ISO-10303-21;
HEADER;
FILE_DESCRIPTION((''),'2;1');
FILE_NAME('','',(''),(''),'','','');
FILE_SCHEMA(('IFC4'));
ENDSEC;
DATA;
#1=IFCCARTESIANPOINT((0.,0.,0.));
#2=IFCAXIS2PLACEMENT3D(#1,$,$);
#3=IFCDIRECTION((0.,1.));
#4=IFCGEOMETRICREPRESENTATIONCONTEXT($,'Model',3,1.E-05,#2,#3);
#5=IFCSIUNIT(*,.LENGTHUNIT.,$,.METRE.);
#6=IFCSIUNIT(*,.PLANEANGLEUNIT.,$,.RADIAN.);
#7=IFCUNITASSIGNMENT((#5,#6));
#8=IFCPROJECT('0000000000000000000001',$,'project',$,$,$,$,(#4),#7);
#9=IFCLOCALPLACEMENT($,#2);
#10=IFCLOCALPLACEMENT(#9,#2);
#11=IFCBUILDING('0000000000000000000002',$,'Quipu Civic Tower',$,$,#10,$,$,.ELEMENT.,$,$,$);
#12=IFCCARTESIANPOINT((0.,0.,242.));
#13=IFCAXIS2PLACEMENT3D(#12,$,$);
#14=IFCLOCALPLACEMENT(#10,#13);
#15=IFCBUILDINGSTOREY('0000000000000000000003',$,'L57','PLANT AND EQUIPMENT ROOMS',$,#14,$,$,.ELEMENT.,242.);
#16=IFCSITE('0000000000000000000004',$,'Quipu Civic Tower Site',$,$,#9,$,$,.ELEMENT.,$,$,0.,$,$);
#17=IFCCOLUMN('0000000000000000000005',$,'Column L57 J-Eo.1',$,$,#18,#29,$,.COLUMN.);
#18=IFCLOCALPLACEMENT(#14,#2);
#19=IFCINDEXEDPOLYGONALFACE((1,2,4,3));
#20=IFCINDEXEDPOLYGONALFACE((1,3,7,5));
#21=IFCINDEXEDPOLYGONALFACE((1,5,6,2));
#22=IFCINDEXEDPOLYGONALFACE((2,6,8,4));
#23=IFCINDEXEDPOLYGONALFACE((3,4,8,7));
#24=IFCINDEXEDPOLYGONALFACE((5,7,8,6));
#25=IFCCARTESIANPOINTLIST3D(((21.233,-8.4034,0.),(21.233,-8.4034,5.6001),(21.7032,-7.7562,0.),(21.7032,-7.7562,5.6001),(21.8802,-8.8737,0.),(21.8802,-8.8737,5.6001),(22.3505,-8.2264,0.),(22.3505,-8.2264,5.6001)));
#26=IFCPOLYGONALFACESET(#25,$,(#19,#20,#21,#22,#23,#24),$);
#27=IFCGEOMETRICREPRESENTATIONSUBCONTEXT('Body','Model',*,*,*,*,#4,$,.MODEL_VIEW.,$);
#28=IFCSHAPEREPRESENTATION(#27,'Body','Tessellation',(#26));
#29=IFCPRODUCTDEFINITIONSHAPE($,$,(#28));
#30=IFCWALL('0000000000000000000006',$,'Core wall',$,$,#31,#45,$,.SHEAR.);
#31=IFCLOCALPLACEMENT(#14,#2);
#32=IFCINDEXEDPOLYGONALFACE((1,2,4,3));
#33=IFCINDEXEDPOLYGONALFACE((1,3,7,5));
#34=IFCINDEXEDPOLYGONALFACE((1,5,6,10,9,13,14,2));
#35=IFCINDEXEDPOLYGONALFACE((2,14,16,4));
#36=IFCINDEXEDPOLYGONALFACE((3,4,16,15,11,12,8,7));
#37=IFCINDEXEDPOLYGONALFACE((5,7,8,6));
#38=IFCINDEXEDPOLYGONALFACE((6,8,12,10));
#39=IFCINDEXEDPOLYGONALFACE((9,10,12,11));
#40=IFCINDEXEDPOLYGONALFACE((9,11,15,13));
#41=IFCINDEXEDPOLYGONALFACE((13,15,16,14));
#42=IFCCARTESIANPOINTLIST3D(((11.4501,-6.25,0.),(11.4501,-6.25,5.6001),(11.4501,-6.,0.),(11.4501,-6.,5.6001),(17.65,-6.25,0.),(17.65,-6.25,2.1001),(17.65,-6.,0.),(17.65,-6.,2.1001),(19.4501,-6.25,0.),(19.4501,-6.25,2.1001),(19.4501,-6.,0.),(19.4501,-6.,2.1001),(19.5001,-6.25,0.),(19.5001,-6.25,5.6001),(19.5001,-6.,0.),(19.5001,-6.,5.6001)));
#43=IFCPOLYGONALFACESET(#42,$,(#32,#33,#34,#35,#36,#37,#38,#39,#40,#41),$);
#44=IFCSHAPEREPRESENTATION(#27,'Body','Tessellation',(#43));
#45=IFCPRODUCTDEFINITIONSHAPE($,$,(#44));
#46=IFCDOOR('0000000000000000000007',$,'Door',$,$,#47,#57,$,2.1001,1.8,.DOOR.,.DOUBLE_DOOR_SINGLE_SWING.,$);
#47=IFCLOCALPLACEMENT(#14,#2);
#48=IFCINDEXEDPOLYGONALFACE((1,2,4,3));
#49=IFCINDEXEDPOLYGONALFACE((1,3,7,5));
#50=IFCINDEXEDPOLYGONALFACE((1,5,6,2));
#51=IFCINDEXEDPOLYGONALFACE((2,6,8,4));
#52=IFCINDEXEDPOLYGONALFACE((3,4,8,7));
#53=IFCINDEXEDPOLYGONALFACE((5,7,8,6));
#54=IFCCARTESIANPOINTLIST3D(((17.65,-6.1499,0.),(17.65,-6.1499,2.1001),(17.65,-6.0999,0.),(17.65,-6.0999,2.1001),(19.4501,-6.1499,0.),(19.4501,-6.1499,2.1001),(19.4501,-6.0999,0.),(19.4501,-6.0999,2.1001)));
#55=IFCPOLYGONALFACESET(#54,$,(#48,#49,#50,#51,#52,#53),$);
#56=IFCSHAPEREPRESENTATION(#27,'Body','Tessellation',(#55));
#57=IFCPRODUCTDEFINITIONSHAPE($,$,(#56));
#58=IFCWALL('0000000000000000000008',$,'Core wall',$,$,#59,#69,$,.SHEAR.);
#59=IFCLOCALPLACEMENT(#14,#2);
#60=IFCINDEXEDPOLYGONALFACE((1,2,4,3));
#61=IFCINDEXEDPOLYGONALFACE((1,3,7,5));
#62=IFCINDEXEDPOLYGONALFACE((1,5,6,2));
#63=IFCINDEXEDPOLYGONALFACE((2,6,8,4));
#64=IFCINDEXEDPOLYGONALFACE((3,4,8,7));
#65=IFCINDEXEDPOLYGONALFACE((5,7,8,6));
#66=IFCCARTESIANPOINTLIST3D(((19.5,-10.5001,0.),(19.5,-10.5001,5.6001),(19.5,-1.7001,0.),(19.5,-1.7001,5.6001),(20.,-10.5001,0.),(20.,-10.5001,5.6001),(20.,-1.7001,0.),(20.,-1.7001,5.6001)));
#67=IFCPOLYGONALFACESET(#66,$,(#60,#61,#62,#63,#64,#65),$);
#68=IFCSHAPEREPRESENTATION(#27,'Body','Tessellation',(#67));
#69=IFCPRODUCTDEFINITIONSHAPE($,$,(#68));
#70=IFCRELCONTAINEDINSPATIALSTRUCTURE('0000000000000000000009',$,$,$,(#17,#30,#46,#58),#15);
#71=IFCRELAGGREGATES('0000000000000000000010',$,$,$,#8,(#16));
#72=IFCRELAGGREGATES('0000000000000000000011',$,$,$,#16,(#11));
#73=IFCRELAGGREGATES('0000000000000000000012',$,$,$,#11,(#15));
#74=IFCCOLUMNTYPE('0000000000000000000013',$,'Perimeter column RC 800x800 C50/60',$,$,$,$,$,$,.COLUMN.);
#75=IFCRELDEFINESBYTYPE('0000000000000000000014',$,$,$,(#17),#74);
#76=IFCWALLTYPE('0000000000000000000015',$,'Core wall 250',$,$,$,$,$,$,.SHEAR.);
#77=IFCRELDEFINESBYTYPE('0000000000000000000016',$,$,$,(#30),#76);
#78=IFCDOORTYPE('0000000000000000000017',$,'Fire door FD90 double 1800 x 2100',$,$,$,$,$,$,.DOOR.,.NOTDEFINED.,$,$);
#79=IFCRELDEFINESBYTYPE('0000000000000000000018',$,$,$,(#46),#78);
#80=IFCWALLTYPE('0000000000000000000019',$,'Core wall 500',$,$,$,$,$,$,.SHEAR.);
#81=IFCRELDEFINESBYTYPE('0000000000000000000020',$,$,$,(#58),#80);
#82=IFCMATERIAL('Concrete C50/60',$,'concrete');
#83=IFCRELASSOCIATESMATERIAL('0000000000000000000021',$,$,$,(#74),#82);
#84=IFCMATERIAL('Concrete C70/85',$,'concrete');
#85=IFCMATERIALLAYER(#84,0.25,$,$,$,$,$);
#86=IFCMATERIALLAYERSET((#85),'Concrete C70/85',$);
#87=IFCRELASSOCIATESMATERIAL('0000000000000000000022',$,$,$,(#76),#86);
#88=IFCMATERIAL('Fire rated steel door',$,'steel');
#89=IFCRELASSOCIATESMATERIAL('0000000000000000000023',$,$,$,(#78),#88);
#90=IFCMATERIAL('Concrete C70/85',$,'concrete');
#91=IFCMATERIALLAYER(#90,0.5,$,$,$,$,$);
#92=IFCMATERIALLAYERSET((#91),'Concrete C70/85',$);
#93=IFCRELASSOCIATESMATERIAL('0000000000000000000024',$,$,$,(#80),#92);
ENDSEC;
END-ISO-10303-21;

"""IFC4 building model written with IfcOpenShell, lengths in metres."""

from ifc_helpers import new_model, si_unit, direction, frame, frame_2d, origin, origin_2d, place, context, subcontext, project, spatial, rectangle, extrude, material, layer, layer_set, material_profile, profile_set, type_object, element, fill, save


model = new_model("IFC4")

# Units and contexts
model_context = context("Model", 3, precision=1e-05, world=origin(), true_north=direction((0.0, 1.0)))
body_context = subcontext(model_context, "Body", "Model", "MODEL_VIEW")
ifc_project = project(units=[si_unit("LENGTHUNIT", "METRE"), si_unit("PLANEANGLEUNIT", "RADIAN")], contexts=[model_context])

# Site, building, storey
site_placement = place(None, origin())
site = spatial("IfcSite", under=ifc_project, at=site_placement, Name="Quipu Civic Tower Site", CompositionType="ELEMENT", RefElevation=0.0)
building_placement = place(site_placement, origin())
building = spatial("IfcBuilding", under=site, at=building_placement, Name="Quipu Civic Tower", CompositionType="ELEMENT")
storey_placement = place(building_placement, frame((0.0, 0.0, 242.0)))
storey = spatial("IfcBuildingStorey", under=building, at=storey_placement, Name="L57", Description="PLANT AND EQUIPMENT ROOMS", CompositionType="ELEMENT", Elevation=242.0)

# Column
ifc_material_1 = material(Name="Concrete C50/60", Category="concrete")
ifc_material_profile = material_profile(ifc_material_1, rectangle(XDim=0.8, YDim=0.8, at=origin_2d()), Name="RC800x800")
ifc_profile_set = profile_set([ifc_material_profile], Name="Concrete C50/60")
column_type = type_object("IfcColumnType", Name="Perimeter column RC 800x800 C50/60", PredefinedType="COLUMN", material=ifc_profile_set)
column_placement = place(storey_placement, frame((21.7917, -8.3149, 0.0), z_axis=(0.0, 0.0, 1.0), x_axis=(0.587785, 0.809017, 0.0)))
element("IfcColumn", 1, at=column_placement, inside=storey, type_object=column_type, Name="Column L57 J-Eo.1", PredefinedType="COLUMN", context=body_context, shape_type="SweptSolid", body=[
    extrude(rectangle(XDim=0.8, YDim=0.8, at=origin_2d()), origin(), (0.0, 0.0, 1.0), 5.6001),
])

# Wall, opening, door
ifc_material_2 = material(Name="Concrete C70/85", Category="concrete")
ifc_layer_1 = layer(ifc_material_2, 0.25)
ifc_layer_set_1 = layer_set([ifc_layer_1], Name="Concrete C70/85")
wall_type_1 = type_object("IfcWallType", Name="Core wall 250", PredefinedType="SHEAR", material=ifc_layer_set_1)
wall_1_placement = place(storey_placement, frame((19.5, -6.125, 0.0), z_axis=(0.0, 0.0, 1.0), x_axis=(-1.0, 0.0, 0.0)))
wall_1 = element("IfcWall", 2, at=wall_1_placement, inside=storey, type_object=wall_type_1, Name="Core wall", PredefinedType="SHEAR", context=body_context, shape_type="SweptSolid", body=[
    extrude(rectangle(XDim=8.05, YDim=0.25, at=frame_2d((4.0249, 0.0))), origin(), (0.0, 0.0, 1.0), 5.6001),
])
opening_1_placement = place(wall_1_placement, frame((0.05, 0.0, 0.0)))
opening_1 = element("IfcOpeningElement", 3, at=opening_1_placement, cuts=wall_1, PredefinedType="OPENING", context=body_context, shape_type="SweptSolid", body=[
    extrude(rectangle(XDim=1.8, YDim=2.1001, at=frame_2d((0.8999, 1.05))), frame((0.0, 0.135, 0.0), z_axis=(0.0, -1.0, 0.0), x_axis=(1.0, 0.0, 0.0)), (0.0, 0.0, 1.0), 0.27),
])
ifc_material_3 = material(Name="Fire rated steel door", Category="steel")
door_type_1 = type_object("IfcDoorType", Name="Fire door FD90 double 1800 x 2100", OperationType="NOTDEFINED", PredefinedType="DOOR", material=ifc_material_3)
door_1_placement = place(opening_1_placement, origin())
door_1 = element("IfcDoor", 4, at=door_1_placement, inside=storey, type_object=door_type_1, Name="Door", OperationType="DOUBLE_DOOR_SINGLE_SWING", OverallHeight=2.1001, OverallWidth=1.8, PredefinedType="DOOR", context=body_context, shape_type="SweptSolid", body=[
    extrude(rectangle(XDim=1.8, YDim=2.1001, at=frame_2d((0.8999, 1.05))), frame((0.0, 0.0249, 0.0), z_axis=(0.0, -1.0, 0.0), x_axis=(1.0, 0.0, 0.0)), (0.0, 0.0, 1.0), 0.05),
])
fill(opening_1, door_1)

# Wall
ifc_material_4 = material(Name="Concrete C70/85", Category="concrete")
ifc_layer_2 = layer(ifc_material_4, 0.5)
ifc_layer_set_2 = layer_set([ifc_layer_2], Name="Concrete C70/85")
wall_type_2 = type_object("IfcWallType", Name="Core wall 500", PredefinedType="SHEAR", material=ifc_layer_set_2)
wall_2_placement = place(storey_placement, frame((19.75, -10.5, 0.0), z_axis=(0.0, 0.0, 1.0), x_axis=(0.0, 1.0, 0.0)))
element("IfcWall", 5, at=wall_2_placement, inside=storey, type_object=wall_type_2, Name="Core wall", PredefinedType="SHEAR", context=body_context, shape_type="SweptSolid", body=[
    extrude(rectangle(XDim=8.8, YDim=0.5, at=frame_2d((4.3999, 0.0))), origin(), (0.0, 0.0, 1.0), 5.6001),
])

save(model, "model.ifc")
